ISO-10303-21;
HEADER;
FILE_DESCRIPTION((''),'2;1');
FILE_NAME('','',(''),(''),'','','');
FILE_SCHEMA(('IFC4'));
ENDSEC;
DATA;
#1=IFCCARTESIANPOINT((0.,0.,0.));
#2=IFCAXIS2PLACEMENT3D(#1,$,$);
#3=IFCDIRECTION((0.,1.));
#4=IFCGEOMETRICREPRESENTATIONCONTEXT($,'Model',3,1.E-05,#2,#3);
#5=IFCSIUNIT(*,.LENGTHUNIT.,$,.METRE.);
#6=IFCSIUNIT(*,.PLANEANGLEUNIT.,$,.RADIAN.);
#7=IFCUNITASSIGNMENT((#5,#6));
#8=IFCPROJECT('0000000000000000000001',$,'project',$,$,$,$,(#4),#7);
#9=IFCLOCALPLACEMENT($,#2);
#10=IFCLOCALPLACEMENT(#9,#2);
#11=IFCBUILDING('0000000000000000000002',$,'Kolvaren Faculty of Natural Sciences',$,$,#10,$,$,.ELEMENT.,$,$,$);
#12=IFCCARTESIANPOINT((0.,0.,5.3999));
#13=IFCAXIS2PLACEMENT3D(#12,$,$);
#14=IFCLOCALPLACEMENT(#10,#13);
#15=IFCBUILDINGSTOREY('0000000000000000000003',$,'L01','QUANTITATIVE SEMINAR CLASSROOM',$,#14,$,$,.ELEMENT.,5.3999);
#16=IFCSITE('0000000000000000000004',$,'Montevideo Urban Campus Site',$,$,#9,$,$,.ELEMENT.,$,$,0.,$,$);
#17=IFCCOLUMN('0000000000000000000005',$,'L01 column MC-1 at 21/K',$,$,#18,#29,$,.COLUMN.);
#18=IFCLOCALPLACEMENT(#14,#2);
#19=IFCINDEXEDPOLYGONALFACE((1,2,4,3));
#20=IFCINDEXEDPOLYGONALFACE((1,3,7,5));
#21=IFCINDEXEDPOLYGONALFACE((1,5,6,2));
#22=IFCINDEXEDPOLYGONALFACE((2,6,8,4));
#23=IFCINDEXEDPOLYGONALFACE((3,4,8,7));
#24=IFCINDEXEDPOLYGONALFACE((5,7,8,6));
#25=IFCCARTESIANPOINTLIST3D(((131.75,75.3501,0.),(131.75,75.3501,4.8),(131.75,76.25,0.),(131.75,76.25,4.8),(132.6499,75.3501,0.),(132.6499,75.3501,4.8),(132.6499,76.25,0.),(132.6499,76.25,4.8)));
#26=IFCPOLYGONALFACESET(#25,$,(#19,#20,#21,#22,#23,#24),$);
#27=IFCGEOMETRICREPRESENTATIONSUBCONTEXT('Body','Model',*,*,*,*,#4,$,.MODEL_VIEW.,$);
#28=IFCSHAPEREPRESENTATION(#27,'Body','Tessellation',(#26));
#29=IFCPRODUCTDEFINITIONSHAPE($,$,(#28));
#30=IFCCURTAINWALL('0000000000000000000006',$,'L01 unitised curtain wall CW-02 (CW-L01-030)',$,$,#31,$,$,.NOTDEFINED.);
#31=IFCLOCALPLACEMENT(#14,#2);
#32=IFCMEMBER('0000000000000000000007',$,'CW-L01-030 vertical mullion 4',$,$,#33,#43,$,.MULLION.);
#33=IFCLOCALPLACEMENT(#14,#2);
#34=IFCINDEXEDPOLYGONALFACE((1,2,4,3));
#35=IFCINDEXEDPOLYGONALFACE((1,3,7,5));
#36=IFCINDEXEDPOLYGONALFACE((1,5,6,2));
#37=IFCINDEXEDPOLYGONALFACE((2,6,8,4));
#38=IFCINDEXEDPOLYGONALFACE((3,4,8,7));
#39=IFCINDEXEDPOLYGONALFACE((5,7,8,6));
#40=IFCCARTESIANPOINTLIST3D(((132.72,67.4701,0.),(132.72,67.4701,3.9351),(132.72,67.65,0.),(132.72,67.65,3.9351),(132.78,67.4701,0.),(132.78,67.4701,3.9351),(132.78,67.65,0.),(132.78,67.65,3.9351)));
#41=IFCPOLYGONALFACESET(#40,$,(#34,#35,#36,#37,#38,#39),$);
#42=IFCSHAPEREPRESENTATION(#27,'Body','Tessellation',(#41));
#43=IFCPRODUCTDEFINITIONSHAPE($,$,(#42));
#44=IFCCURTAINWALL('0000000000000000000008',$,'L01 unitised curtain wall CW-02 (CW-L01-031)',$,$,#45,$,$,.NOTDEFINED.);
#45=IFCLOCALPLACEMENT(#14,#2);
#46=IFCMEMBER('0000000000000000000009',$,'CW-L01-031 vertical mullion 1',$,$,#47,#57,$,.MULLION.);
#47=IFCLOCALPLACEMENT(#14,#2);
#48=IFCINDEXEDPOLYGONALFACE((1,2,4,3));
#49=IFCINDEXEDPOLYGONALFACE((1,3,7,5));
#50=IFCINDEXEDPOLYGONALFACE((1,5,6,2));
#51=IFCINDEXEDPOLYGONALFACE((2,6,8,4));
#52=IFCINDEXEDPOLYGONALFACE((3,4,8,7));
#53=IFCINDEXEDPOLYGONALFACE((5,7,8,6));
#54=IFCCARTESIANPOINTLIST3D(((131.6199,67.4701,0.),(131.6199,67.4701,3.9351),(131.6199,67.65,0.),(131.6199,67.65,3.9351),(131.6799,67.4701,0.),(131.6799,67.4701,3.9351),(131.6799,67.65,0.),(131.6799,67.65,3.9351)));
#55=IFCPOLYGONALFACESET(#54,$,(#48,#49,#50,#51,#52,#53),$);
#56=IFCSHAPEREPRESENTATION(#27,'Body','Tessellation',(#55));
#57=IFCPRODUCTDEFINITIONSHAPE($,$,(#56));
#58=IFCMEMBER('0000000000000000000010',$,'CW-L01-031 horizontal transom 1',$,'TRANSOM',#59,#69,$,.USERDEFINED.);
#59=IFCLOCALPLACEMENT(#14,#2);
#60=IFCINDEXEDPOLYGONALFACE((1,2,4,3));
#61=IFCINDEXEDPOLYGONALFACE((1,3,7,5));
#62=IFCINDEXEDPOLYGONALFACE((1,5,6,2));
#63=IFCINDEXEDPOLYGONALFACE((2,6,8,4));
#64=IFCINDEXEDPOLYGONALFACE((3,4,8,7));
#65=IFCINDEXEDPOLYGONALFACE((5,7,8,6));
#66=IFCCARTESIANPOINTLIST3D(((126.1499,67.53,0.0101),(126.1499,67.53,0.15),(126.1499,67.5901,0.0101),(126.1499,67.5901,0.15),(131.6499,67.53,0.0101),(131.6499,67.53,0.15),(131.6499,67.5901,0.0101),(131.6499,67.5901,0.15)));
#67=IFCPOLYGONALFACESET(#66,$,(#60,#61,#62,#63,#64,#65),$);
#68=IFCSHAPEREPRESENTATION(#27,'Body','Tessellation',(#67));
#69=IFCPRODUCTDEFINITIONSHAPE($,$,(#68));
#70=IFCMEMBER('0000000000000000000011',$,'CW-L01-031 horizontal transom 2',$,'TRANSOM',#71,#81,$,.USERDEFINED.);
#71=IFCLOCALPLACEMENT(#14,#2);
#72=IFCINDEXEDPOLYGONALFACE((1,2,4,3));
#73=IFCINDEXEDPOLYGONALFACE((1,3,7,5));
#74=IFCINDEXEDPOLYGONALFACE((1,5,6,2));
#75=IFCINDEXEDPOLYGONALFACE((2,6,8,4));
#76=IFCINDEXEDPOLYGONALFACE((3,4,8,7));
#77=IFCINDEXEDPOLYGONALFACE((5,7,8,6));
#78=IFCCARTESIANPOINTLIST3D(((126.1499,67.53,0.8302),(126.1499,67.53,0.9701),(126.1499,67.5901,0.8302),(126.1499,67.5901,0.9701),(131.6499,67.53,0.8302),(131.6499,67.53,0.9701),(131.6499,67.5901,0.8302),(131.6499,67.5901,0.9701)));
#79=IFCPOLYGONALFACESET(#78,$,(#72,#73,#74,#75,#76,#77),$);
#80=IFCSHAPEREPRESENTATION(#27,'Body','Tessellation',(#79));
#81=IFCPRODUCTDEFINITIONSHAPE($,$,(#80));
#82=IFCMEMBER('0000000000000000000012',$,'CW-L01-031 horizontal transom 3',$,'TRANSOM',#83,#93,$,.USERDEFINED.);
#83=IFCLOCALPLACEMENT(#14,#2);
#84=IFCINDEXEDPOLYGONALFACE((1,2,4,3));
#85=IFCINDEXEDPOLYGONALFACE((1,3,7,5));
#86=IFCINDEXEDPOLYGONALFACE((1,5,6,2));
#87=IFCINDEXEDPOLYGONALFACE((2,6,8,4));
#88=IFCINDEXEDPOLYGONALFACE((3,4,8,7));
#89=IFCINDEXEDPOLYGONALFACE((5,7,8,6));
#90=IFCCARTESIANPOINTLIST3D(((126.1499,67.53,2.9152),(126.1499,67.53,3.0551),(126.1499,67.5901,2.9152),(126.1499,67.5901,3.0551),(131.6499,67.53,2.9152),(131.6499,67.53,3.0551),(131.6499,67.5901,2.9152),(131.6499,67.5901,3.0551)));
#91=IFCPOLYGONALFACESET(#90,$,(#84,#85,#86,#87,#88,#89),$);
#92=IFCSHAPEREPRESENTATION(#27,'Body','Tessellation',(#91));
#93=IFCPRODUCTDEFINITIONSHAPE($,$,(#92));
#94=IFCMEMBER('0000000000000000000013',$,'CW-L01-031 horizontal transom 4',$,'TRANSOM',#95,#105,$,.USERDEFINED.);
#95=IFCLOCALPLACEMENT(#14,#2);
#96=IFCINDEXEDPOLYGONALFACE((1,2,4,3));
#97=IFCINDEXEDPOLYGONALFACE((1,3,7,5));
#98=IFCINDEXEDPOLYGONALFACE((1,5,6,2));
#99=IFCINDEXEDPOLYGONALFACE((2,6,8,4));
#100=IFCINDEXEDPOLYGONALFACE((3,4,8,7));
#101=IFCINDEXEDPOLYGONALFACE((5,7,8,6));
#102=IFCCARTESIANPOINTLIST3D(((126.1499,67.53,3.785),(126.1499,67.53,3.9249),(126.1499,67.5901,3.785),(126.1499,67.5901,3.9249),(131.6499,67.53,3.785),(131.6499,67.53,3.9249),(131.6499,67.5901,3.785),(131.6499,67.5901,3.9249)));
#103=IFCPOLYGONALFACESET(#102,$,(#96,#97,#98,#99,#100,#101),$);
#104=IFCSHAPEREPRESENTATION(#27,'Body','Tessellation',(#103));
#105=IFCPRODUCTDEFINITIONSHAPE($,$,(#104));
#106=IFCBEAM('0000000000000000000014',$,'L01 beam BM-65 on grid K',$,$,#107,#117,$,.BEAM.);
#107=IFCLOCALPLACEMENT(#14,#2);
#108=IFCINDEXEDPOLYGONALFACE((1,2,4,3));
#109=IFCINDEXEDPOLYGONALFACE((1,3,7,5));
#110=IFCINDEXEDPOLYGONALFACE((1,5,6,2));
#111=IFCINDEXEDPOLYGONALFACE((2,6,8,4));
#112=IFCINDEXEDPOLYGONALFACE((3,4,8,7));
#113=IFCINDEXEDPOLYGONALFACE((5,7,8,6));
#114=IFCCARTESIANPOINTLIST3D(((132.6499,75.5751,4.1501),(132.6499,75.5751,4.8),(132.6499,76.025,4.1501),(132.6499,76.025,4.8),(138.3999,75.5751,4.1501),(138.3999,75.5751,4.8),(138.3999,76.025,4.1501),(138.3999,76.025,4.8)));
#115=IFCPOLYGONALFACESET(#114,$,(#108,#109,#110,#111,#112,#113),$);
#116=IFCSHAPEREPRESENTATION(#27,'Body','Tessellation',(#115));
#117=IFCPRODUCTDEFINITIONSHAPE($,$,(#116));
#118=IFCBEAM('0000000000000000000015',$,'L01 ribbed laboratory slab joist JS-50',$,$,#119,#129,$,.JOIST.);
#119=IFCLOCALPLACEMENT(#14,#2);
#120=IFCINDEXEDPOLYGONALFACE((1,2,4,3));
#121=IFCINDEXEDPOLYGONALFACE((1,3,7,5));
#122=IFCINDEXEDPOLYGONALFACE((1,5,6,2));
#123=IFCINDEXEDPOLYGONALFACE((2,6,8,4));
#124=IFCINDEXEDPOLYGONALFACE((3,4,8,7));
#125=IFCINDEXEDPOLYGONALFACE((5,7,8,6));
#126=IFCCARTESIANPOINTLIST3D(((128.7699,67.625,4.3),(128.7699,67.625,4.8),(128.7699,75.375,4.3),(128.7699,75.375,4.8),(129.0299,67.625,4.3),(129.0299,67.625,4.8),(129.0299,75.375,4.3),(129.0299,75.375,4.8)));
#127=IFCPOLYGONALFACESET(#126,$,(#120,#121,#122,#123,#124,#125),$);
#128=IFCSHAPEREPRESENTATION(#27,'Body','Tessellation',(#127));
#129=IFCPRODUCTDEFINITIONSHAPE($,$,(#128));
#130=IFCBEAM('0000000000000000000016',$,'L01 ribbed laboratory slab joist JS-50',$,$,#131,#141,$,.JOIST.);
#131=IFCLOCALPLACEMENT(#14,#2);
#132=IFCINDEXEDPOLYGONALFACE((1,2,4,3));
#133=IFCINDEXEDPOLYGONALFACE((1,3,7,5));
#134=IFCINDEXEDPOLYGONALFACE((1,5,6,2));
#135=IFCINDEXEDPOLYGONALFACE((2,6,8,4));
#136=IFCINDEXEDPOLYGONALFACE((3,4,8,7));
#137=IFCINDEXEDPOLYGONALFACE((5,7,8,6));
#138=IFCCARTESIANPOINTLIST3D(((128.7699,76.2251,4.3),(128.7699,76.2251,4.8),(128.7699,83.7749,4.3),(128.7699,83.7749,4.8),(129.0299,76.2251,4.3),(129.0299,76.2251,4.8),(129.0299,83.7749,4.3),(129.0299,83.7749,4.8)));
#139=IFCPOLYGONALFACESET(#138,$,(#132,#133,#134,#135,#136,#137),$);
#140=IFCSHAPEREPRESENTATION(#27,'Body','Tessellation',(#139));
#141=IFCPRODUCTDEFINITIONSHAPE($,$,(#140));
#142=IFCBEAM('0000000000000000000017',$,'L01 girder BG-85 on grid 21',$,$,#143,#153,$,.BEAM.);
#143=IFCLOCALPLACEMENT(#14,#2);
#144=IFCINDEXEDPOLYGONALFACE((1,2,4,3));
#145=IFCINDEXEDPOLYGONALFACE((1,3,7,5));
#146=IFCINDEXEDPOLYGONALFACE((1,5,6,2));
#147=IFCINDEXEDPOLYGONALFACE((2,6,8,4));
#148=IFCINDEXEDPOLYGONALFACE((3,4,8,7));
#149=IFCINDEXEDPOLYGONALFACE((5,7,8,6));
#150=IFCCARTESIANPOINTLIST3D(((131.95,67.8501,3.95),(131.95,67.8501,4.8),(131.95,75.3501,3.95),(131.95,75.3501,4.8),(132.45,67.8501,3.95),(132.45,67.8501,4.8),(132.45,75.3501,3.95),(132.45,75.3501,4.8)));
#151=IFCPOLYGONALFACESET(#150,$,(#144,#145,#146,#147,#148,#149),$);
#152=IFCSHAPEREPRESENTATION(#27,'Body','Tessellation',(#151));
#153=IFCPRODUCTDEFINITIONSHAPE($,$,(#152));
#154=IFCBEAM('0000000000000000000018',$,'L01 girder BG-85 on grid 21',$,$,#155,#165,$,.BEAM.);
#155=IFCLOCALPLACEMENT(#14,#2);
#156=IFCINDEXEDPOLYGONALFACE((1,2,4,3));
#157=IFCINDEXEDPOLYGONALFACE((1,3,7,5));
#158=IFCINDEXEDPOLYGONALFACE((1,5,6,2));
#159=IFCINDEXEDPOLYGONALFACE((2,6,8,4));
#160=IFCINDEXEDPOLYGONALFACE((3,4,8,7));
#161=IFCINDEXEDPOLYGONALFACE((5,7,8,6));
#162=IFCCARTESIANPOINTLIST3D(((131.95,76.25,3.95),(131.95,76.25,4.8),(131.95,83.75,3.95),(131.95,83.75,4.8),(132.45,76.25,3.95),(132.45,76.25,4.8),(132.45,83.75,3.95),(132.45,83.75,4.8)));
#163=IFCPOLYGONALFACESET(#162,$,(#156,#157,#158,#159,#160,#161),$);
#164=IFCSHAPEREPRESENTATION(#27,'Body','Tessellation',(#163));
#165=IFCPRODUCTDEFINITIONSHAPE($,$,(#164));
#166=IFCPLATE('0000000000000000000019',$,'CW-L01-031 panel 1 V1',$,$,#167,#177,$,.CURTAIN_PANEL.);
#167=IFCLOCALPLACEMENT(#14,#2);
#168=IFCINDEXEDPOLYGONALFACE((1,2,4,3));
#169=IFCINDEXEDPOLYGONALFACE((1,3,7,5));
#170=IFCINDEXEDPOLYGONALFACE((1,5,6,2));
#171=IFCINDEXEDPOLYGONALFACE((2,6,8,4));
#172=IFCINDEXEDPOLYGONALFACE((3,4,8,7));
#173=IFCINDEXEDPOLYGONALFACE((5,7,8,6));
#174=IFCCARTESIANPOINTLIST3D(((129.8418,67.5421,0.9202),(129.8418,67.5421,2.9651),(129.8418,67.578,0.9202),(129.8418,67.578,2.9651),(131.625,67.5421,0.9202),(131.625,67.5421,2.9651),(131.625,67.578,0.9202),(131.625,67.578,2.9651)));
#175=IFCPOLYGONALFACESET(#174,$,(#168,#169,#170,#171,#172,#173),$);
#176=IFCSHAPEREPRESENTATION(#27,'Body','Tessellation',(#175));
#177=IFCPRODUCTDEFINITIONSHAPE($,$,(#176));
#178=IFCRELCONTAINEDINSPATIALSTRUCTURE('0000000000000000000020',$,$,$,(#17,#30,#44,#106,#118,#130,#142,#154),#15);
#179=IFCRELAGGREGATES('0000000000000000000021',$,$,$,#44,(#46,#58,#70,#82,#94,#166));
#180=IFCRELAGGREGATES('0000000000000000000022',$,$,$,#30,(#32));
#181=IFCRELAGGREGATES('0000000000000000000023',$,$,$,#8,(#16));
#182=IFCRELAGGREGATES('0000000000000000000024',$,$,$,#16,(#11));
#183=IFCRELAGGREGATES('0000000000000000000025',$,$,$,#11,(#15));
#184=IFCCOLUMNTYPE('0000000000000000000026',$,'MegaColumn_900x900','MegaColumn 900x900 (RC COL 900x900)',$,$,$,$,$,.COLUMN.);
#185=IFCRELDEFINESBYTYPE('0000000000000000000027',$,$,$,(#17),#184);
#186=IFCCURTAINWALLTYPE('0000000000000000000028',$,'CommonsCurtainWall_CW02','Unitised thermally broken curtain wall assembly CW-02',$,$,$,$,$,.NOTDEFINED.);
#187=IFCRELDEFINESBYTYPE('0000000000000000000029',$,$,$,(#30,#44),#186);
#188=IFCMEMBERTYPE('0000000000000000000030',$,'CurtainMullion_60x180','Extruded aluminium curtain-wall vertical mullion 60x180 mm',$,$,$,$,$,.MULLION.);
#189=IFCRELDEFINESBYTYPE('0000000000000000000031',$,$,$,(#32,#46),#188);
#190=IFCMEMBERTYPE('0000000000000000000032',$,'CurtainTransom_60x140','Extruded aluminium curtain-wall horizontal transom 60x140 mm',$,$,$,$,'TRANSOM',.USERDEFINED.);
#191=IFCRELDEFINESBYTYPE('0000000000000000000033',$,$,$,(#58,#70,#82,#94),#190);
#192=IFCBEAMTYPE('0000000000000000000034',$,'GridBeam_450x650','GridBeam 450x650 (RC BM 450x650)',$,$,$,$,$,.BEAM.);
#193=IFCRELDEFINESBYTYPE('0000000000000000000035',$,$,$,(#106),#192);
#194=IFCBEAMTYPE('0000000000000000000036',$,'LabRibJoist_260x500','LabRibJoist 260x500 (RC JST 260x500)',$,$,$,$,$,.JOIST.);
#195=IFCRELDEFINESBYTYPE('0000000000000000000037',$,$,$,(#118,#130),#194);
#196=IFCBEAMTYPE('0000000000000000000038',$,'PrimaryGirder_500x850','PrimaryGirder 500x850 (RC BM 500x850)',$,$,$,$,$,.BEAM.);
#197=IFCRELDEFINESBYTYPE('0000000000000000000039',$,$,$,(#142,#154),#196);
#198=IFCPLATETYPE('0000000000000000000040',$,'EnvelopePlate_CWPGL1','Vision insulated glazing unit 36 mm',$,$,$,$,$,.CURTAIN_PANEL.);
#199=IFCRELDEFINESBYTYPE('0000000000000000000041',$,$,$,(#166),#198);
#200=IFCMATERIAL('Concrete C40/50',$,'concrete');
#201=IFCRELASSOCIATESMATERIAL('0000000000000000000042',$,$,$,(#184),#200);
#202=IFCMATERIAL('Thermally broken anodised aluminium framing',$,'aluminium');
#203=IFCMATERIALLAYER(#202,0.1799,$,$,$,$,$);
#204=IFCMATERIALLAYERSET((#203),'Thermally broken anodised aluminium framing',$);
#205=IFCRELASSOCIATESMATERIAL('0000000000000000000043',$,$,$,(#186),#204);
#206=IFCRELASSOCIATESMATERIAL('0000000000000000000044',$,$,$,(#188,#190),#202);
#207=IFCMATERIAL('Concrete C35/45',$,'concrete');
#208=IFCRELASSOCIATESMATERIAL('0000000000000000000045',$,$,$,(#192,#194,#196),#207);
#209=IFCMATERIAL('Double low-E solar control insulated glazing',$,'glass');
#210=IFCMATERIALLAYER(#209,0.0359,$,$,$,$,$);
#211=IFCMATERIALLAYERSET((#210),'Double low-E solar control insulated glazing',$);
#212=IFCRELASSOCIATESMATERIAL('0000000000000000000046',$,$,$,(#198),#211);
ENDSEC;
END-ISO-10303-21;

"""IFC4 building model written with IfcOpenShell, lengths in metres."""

from ifc_helpers import new_model, si_unit, direction, frame, origin, origin_2d, place, context, subcontext, project, spatial, rectangle, extrude, material, layer, layer_set, material_profile, profile_set, type_object, element, aggregate, save


model = new_model("IFC4")

# Units and contexts
model_context = context("Model", 3, precision=1e-05, world=origin(), true_north=direction((0.0, 1.0)))
body_context = subcontext(model_context, "Body", "Model", "MODEL_VIEW")
ifc_project = project(units=[si_unit("LENGTHUNIT", "METRE"), si_unit("PLANEANGLEUNIT", "RADIAN")], contexts=[model_context])

# Site, building, storey
site_placement = place(None, origin())
site = spatial("IfcSite", under=ifc_project, at=site_placement, Name="Montevideo Urban Campus Site", CompositionType="ELEMENT", RefElevation=0.0)
building_placement = place(site_placement, origin())
building = spatial("IfcBuilding", under=site, at=building_placement, Name="Kolvaren Faculty of Natural Sciences", CompositionType="ELEMENT")
storey_placement = place(building_placement, frame((0.0, 0.0, 5.3999)))
storey = spatial("IfcBuildingStorey", under=building, at=storey_placement, Name="L01", Description="QUANTITATIVE SEMINAR CLASSROOM", CompositionType="ELEMENT", Elevation=5.3999)

# Column
ifc_material_1 = material(Name="Concrete C40/50", Category="concrete")
ifc_material_profile_1 = material_profile(ifc_material_1, rectangle(XDim=0.8999, YDim=0.8999, at=origin_2d()), Name="RC COL 900x900")
ifc_profile_set_1 = profile_set([ifc_material_profile_1], Name="Concrete C40/50")
column_type = type_object("IfcColumnType", Name="MegaColumn_900x900", Description="MegaColumn 900x900 (RC COL 900x900)", PredefinedType="COLUMN", material=ifc_profile_set_1)
column_placement = place(storey_placement, frame((132.2, 75.8, 0.0), z_axis=(0.0, 0.0, 1.0), x_axis=(1.0, 0.0, 0.0)))
element("IfcColumn", 1, at=column_placement, inside=storey, type_object=column_type, Name="L01 column MC-1 at 21/K", PredefinedType="COLUMN", context=body_context, shape_type="SweptSolid", body=[
    extrude(rectangle(XDim=0.8999, YDim=0.8999, at=origin_2d()), origin(), (0.0, 0.0, 1.0), 4.8),
])

# Curtain wall, member
ifc_material_2 = material(Name="Thermally broken anodised aluminium framing", Category="aluminium")
ifc_layer_1 = layer(ifc_material_2, 0.1799)
ifc_layer_set_1 = layer_set([ifc_layer_1], Name="Thermally broken anodised aluminium framing")
curtain_wall_type = type_object("IfcCurtainWallType", Name="CommonsCurtainWall_CW02", Description="Unitised thermally broken curtain wall assembly CW-02", PredefinedType="NOTDEFINED", material=ifc_layer_set_1)
curtain_wall_1_placement = place(storey_placement, origin())
curtain_wall_1 = element("IfcCurtainWall", 2, at=curtain_wall_1_placement, inside=storey, type_object=curtain_wall_type, Name="L01 unitised curtain wall CW-02 (CW-L01-030)", PredefinedType="NOTDEFINED")
ifc_material_profile_2 = material_profile(ifc_material_2, rectangle(XDim=0.0601, YDim=0.1799, at=origin_2d()), Name="ALU MUL 60x180")
ifc_profile_set_2 = profile_set([ifc_material_profile_2], Name="Thermally broken anodised aluminium framing")
member_type_1 = type_object("IfcMemberType", Name="CurtainMullion_60x180", Description="Extruded aluminium curtain-wall vertical mullion 60x180 mm", PredefinedType="MULLION", material=ifc_profile_set_2)
member_1_placement = place(storey_placement, frame((132.75, 67.5601, 0.0), z_axis=(0.0, 0.0, 1.0), x_axis=(-1.0, 0.0, 0.0)))
member_1 = element("IfcMember", 3, at=member_1_placement, type_object=member_type_1, Name="CW-L01-030 vertical mullion 4", PredefinedType="MULLION", context=body_context, shape_type="SweptSolid", body=[
    extrude(rectangle(XDim=0.0601, YDim=0.1799, at=origin_2d()), origin(), (0.0, 0.0, 1.0), 3.9351),
])

# Curtain wall, members
curtain_wall_2_placement = place(storey_placement, origin())
curtain_wall_2 = element("IfcCurtainWall", 4, at=curtain_wall_2_placement, inside=storey, type_object=curtain_wall_type, Name="L01 unitised curtain wall CW-02 (CW-L01-031)", PredefinedType="NOTDEFINED")
member_2_placement = place(storey_placement, frame((131.6499, 67.5601, 0.0), z_axis=(0.0, 0.0, 1.0), x_axis=(-1.0, 0.0, 0.0)))
member_2 = element("IfcMember", 5, at=member_2_placement, type_object=member_type_1, Name="CW-L01-031 vertical mullion 1", PredefinedType="MULLION", context=body_context, shape_type="SweptSolid", body=[
    extrude(rectangle(XDim=0.0601, YDim=0.1799, at=origin_2d()), origin(), (0.0, 0.0, 1.0), 3.9351),
])
ifc_material_profile_3 = material_profile(ifc_material_2, rectangle(XDim=0.0601, YDim=0.1399, at=origin_2d()), Name="ALU TRN 60x140")
ifc_profile_set_3 = profile_set([ifc_material_profile_3], Name="Thermally broken anodised aluminium framing")
member_type_2 = type_object("IfcMemberType", Name="CurtainTransom_60x140", Description="Extruded aluminium curtain-wall horizontal transom 60x140 mm", ElementType="TRANSOM", PredefinedType="USERDEFINED", material=ifc_profile_set_3)
member_3_placement = place(storey_placement, frame((131.6499, 67.5601, 0.0801), z_axis=(-1.0, 0.0, 0.0), x_axis=(0.0, -1.0, 0.0)))
member_3 = element("IfcMember", 6, at=member_3_placement, type_object=member_type_2, Name="CW-L01-031 horizontal transom 1", ObjectType="TRANSOM", PredefinedType="USERDEFINED", context=body_context, shape_type="SweptSolid", body=[
    extrude(rectangle(XDim=0.0601, YDim=0.1399, at=origin_2d()), origin(), (0.0, 0.0, 1.0), 5.5),
])
member_4_placement = place(storey_placement, frame((131.6499, 67.5601, 0.9001), z_axis=(-1.0, 0.0, 0.0), x_axis=(0.0, -1.0, 0.0)))
member_4 = element("IfcMember", 7, at=member_4_placement, type_object=member_type_2, Name="CW-L01-031 horizontal transom 2", ObjectType="TRANSOM", PredefinedType="USERDEFINED", context=body_context, shape_type="SweptSolid", body=[
    extrude(rectangle(XDim=0.0601, YDim=0.1399, at=origin_2d()), origin(), (0.0, 0.0, 1.0), 5.5),
])
member_5_placement = place(storey_placement, frame((131.6499, 67.5601, 2.9851), z_axis=(-1.0, 0.0, 0.0), x_axis=(0.0, -1.0, 0.0)))
member_5 = element("IfcMember", 8, at=member_5_placement, type_object=member_type_2, Name="CW-L01-031 horizontal transom 3", ObjectType="TRANSOM", PredefinedType="USERDEFINED", context=body_context, shape_type="SweptSolid", body=[
    extrude(rectangle(XDim=0.0601, YDim=0.1399, at=origin_2d()), origin(), (0.0, 0.0, 1.0), 5.5),
])
member_6_placement = place(storey_placement, frame((131.6499, 67.5601, 3.855), z_axis=(-1.0, 0.0, 0.0), x_axis=(0.0, -1.0, 0.0)))
member_6 = element("IfcMember", 9, at=member_6_placement, type_object=member_type_2, Name="CW-L01-031 horizontal transom 4", ObjectType="TRANSOM", PredefinedType="USERDEFINED", context=body_context, shape_type="SweptSolid", body=[
    extrude(rectangle(XDim=0.0601, YDim=0.1399, at=origin_2d()), origin(), (0.0, 0.0, 1.0), 5.5),
])

# Beams
ifc_material_3 = material(Name="Concrete C35/45", Category="concrete")
ifc_material_profile_4 = material_profile(ifc_material_3, rectangle(XDim=0.45, YDim=0.6499, at=origin_2d()), Name="RC BM 450x650")
ifc_profile_set_4 = profile_set([ifc_material_profile_4], Name="Concrete C35/45")
beam_type_1 = type_object("IfcBeamType", Name="GridBeam_450x650", Description="GridBeam 450x650 (RC BM 450x650)", PredefinedType="BEAM", material=ifc_profile_set_4)
beam_1_placement = place(storey_placement, frame((132.6499, 75.8, 4.4751), z_axis=(1.0, 0.0, 0.0), x_axis=(0.0, 1.0, 0.0)))
element("IfcBeam", 10, at=beam_1_placement, inside=storey, type_object=beam_type_1, Name="L01 beam BM-65 on grid K", PredefinedType="BEAM", context=body_context, shape_type="SweptSolid", body=[
    extrude(rectangle(XDim=0.45, YDim=0.6499, at=origin_2d()), origin(), (0.0, 0.0, 1.0), 5.75),
])
ifc_material_profile_5 = material_profile(ifc_material_3, rectangle(XDim=0.26, YDim=0.5, at=origin_2d()), Name="RC JST 260x500")
ifc_profile_set_5 = profile_set([ifc_material_profile_5], Name="Concrete C35/45")
beam_type_2 = type_object("IfcBeamType", Name="LabRibJoist_260x500", Description="LabRibJoist 260x500 (RC JST 260x500)", PredefinedType="JOIST", material=ifc_profile_set_5)
beam_2_placement = place(storey_placement, frame((128.8999, 67.625, 4.55), z_axis=(0.0, 1.0, 0.0), x_axis=(-1.0, 0.0, 0.0)))
element("IfcBeam", 11, at=beam_2_placement, inside=storey, type_object=beam_type_2, Name="L01 ribbed laboratory slab joist JS-50", PredefinedType="JOIST", context=body_context, shape_type="SweptSolid", body=[
    extrude(rectangle(XDim=0.26, YDim=0.5, at=origin_2d()), origin(), (0.0, 0.0, 1.0), 7.75),
])
beam_3_placement = place(storey_placement, frame((128.8999, 76.2251, 4.55), z_axis=(0.0, 1.0, 0.0), x_axis=(-1.0, 0.0, 0.0)))
element("IfcBeam", 12, at=beam_3_placement, inside=storey, type_object=beam_type_2, Name="L01 ribbed laboratory slab joist JS-50", PredefinedType="JOIST", context=body_context, shape_type="SweptSolid", body=[
    extrude(rectangle(XDim=0.26, YDim=0.5, at=origin_2d()), origin(), (0.0, 0.0, 1.0), 7.5498),
])
ifc_material_profile_6 = material_profile(ifc_material_3, rectangle(XDim=0.5, YDim=0.8501, at=origin_2d()), Name="RC BM 500x850")
ifc_profile_set_6 = profile_set([ifc_material_profile_6], Name="Concrete C35/45")
beam_type_3 = type_object("IfcBeamType", Name="PrimaryGirder_500x850", Description="PrimaryGirder 500x850 (RC BM 500x850)", PredefinedType="BEAM", material=ifc_profile_set_6)
for number, where, z_axis, x_axis, name in (
    (13, (132.2, 67.8501, 4.375), (0.0, 1.0, 0.0), (-1.0, 0.0, 0.0), "L01 girder BG-85 on grid 21"),
    (14, (132.2, 76.25, 4.375), (0.0, 1.0, 0.0), (-1.0, 0.0, 0.0), "L01 girder BG-85 on grid 21"),
):
    element("IfcBeam", number, at=place(storey_placement, frame(where, z_axis=z_axis, x_axis=x_axis)), inside=storey, type_object=beam_type_3, Name=name, PredefinedType="BEAM", context=body_context, shape_type="SweptSolid", body=[
        extrude(rectangle(XDim=0.5, YDim=0.8501, at=origin_2d()), origin(), (0.0, 0.0, 1.0), 7.5),
    ])

# Plate
ifc_material_4 = material(Name="Double low-E solar control insulated glazing", Category="glass")
ifc_layer_2 = layer(ifc_material_4, 0.0359)
ifc_layer_set_2 = layer_set([ifc_layer_2], Name="Double low-E solar control insulated glazing")
plate_type_1 = type_object("IfcPlateType", Name="EnvelopePlate_CWPGL1", Description="Vision insulated glazing unit 36 mm", PredefinedType="CURTAIN_PANEL", material=ifc_layer_set_2)
plate_1_placement = place(storey_placement, frame((130.7334, 67.5601, 0.9202), z_axis=(0.0, 0.0, 1.0), x_axis=(-1.0, 0.0, 0.0)))
plate_1 = element("IfcPlate", 15, at=plate_1_placement, type_object=plate_type_1, Name="CW-L01-031 panel 1 V1", PredefinedType="CURTAIN_PANEL", context=body_context, shape_type="SweptSolid", body=[
    extrude(rectangle(XDim=1.7832, YDim=0.0359, at=origin_2d()), origin(), (0.0, 0.0, 1.0), 2.0449),
])
aggregate(curtain_wall_2, [member_2, member_3, member_4, member_5, member_6, plate_1])
aggregate(curtain_wall_1, [member_1])

save(model, "model.ifc")
